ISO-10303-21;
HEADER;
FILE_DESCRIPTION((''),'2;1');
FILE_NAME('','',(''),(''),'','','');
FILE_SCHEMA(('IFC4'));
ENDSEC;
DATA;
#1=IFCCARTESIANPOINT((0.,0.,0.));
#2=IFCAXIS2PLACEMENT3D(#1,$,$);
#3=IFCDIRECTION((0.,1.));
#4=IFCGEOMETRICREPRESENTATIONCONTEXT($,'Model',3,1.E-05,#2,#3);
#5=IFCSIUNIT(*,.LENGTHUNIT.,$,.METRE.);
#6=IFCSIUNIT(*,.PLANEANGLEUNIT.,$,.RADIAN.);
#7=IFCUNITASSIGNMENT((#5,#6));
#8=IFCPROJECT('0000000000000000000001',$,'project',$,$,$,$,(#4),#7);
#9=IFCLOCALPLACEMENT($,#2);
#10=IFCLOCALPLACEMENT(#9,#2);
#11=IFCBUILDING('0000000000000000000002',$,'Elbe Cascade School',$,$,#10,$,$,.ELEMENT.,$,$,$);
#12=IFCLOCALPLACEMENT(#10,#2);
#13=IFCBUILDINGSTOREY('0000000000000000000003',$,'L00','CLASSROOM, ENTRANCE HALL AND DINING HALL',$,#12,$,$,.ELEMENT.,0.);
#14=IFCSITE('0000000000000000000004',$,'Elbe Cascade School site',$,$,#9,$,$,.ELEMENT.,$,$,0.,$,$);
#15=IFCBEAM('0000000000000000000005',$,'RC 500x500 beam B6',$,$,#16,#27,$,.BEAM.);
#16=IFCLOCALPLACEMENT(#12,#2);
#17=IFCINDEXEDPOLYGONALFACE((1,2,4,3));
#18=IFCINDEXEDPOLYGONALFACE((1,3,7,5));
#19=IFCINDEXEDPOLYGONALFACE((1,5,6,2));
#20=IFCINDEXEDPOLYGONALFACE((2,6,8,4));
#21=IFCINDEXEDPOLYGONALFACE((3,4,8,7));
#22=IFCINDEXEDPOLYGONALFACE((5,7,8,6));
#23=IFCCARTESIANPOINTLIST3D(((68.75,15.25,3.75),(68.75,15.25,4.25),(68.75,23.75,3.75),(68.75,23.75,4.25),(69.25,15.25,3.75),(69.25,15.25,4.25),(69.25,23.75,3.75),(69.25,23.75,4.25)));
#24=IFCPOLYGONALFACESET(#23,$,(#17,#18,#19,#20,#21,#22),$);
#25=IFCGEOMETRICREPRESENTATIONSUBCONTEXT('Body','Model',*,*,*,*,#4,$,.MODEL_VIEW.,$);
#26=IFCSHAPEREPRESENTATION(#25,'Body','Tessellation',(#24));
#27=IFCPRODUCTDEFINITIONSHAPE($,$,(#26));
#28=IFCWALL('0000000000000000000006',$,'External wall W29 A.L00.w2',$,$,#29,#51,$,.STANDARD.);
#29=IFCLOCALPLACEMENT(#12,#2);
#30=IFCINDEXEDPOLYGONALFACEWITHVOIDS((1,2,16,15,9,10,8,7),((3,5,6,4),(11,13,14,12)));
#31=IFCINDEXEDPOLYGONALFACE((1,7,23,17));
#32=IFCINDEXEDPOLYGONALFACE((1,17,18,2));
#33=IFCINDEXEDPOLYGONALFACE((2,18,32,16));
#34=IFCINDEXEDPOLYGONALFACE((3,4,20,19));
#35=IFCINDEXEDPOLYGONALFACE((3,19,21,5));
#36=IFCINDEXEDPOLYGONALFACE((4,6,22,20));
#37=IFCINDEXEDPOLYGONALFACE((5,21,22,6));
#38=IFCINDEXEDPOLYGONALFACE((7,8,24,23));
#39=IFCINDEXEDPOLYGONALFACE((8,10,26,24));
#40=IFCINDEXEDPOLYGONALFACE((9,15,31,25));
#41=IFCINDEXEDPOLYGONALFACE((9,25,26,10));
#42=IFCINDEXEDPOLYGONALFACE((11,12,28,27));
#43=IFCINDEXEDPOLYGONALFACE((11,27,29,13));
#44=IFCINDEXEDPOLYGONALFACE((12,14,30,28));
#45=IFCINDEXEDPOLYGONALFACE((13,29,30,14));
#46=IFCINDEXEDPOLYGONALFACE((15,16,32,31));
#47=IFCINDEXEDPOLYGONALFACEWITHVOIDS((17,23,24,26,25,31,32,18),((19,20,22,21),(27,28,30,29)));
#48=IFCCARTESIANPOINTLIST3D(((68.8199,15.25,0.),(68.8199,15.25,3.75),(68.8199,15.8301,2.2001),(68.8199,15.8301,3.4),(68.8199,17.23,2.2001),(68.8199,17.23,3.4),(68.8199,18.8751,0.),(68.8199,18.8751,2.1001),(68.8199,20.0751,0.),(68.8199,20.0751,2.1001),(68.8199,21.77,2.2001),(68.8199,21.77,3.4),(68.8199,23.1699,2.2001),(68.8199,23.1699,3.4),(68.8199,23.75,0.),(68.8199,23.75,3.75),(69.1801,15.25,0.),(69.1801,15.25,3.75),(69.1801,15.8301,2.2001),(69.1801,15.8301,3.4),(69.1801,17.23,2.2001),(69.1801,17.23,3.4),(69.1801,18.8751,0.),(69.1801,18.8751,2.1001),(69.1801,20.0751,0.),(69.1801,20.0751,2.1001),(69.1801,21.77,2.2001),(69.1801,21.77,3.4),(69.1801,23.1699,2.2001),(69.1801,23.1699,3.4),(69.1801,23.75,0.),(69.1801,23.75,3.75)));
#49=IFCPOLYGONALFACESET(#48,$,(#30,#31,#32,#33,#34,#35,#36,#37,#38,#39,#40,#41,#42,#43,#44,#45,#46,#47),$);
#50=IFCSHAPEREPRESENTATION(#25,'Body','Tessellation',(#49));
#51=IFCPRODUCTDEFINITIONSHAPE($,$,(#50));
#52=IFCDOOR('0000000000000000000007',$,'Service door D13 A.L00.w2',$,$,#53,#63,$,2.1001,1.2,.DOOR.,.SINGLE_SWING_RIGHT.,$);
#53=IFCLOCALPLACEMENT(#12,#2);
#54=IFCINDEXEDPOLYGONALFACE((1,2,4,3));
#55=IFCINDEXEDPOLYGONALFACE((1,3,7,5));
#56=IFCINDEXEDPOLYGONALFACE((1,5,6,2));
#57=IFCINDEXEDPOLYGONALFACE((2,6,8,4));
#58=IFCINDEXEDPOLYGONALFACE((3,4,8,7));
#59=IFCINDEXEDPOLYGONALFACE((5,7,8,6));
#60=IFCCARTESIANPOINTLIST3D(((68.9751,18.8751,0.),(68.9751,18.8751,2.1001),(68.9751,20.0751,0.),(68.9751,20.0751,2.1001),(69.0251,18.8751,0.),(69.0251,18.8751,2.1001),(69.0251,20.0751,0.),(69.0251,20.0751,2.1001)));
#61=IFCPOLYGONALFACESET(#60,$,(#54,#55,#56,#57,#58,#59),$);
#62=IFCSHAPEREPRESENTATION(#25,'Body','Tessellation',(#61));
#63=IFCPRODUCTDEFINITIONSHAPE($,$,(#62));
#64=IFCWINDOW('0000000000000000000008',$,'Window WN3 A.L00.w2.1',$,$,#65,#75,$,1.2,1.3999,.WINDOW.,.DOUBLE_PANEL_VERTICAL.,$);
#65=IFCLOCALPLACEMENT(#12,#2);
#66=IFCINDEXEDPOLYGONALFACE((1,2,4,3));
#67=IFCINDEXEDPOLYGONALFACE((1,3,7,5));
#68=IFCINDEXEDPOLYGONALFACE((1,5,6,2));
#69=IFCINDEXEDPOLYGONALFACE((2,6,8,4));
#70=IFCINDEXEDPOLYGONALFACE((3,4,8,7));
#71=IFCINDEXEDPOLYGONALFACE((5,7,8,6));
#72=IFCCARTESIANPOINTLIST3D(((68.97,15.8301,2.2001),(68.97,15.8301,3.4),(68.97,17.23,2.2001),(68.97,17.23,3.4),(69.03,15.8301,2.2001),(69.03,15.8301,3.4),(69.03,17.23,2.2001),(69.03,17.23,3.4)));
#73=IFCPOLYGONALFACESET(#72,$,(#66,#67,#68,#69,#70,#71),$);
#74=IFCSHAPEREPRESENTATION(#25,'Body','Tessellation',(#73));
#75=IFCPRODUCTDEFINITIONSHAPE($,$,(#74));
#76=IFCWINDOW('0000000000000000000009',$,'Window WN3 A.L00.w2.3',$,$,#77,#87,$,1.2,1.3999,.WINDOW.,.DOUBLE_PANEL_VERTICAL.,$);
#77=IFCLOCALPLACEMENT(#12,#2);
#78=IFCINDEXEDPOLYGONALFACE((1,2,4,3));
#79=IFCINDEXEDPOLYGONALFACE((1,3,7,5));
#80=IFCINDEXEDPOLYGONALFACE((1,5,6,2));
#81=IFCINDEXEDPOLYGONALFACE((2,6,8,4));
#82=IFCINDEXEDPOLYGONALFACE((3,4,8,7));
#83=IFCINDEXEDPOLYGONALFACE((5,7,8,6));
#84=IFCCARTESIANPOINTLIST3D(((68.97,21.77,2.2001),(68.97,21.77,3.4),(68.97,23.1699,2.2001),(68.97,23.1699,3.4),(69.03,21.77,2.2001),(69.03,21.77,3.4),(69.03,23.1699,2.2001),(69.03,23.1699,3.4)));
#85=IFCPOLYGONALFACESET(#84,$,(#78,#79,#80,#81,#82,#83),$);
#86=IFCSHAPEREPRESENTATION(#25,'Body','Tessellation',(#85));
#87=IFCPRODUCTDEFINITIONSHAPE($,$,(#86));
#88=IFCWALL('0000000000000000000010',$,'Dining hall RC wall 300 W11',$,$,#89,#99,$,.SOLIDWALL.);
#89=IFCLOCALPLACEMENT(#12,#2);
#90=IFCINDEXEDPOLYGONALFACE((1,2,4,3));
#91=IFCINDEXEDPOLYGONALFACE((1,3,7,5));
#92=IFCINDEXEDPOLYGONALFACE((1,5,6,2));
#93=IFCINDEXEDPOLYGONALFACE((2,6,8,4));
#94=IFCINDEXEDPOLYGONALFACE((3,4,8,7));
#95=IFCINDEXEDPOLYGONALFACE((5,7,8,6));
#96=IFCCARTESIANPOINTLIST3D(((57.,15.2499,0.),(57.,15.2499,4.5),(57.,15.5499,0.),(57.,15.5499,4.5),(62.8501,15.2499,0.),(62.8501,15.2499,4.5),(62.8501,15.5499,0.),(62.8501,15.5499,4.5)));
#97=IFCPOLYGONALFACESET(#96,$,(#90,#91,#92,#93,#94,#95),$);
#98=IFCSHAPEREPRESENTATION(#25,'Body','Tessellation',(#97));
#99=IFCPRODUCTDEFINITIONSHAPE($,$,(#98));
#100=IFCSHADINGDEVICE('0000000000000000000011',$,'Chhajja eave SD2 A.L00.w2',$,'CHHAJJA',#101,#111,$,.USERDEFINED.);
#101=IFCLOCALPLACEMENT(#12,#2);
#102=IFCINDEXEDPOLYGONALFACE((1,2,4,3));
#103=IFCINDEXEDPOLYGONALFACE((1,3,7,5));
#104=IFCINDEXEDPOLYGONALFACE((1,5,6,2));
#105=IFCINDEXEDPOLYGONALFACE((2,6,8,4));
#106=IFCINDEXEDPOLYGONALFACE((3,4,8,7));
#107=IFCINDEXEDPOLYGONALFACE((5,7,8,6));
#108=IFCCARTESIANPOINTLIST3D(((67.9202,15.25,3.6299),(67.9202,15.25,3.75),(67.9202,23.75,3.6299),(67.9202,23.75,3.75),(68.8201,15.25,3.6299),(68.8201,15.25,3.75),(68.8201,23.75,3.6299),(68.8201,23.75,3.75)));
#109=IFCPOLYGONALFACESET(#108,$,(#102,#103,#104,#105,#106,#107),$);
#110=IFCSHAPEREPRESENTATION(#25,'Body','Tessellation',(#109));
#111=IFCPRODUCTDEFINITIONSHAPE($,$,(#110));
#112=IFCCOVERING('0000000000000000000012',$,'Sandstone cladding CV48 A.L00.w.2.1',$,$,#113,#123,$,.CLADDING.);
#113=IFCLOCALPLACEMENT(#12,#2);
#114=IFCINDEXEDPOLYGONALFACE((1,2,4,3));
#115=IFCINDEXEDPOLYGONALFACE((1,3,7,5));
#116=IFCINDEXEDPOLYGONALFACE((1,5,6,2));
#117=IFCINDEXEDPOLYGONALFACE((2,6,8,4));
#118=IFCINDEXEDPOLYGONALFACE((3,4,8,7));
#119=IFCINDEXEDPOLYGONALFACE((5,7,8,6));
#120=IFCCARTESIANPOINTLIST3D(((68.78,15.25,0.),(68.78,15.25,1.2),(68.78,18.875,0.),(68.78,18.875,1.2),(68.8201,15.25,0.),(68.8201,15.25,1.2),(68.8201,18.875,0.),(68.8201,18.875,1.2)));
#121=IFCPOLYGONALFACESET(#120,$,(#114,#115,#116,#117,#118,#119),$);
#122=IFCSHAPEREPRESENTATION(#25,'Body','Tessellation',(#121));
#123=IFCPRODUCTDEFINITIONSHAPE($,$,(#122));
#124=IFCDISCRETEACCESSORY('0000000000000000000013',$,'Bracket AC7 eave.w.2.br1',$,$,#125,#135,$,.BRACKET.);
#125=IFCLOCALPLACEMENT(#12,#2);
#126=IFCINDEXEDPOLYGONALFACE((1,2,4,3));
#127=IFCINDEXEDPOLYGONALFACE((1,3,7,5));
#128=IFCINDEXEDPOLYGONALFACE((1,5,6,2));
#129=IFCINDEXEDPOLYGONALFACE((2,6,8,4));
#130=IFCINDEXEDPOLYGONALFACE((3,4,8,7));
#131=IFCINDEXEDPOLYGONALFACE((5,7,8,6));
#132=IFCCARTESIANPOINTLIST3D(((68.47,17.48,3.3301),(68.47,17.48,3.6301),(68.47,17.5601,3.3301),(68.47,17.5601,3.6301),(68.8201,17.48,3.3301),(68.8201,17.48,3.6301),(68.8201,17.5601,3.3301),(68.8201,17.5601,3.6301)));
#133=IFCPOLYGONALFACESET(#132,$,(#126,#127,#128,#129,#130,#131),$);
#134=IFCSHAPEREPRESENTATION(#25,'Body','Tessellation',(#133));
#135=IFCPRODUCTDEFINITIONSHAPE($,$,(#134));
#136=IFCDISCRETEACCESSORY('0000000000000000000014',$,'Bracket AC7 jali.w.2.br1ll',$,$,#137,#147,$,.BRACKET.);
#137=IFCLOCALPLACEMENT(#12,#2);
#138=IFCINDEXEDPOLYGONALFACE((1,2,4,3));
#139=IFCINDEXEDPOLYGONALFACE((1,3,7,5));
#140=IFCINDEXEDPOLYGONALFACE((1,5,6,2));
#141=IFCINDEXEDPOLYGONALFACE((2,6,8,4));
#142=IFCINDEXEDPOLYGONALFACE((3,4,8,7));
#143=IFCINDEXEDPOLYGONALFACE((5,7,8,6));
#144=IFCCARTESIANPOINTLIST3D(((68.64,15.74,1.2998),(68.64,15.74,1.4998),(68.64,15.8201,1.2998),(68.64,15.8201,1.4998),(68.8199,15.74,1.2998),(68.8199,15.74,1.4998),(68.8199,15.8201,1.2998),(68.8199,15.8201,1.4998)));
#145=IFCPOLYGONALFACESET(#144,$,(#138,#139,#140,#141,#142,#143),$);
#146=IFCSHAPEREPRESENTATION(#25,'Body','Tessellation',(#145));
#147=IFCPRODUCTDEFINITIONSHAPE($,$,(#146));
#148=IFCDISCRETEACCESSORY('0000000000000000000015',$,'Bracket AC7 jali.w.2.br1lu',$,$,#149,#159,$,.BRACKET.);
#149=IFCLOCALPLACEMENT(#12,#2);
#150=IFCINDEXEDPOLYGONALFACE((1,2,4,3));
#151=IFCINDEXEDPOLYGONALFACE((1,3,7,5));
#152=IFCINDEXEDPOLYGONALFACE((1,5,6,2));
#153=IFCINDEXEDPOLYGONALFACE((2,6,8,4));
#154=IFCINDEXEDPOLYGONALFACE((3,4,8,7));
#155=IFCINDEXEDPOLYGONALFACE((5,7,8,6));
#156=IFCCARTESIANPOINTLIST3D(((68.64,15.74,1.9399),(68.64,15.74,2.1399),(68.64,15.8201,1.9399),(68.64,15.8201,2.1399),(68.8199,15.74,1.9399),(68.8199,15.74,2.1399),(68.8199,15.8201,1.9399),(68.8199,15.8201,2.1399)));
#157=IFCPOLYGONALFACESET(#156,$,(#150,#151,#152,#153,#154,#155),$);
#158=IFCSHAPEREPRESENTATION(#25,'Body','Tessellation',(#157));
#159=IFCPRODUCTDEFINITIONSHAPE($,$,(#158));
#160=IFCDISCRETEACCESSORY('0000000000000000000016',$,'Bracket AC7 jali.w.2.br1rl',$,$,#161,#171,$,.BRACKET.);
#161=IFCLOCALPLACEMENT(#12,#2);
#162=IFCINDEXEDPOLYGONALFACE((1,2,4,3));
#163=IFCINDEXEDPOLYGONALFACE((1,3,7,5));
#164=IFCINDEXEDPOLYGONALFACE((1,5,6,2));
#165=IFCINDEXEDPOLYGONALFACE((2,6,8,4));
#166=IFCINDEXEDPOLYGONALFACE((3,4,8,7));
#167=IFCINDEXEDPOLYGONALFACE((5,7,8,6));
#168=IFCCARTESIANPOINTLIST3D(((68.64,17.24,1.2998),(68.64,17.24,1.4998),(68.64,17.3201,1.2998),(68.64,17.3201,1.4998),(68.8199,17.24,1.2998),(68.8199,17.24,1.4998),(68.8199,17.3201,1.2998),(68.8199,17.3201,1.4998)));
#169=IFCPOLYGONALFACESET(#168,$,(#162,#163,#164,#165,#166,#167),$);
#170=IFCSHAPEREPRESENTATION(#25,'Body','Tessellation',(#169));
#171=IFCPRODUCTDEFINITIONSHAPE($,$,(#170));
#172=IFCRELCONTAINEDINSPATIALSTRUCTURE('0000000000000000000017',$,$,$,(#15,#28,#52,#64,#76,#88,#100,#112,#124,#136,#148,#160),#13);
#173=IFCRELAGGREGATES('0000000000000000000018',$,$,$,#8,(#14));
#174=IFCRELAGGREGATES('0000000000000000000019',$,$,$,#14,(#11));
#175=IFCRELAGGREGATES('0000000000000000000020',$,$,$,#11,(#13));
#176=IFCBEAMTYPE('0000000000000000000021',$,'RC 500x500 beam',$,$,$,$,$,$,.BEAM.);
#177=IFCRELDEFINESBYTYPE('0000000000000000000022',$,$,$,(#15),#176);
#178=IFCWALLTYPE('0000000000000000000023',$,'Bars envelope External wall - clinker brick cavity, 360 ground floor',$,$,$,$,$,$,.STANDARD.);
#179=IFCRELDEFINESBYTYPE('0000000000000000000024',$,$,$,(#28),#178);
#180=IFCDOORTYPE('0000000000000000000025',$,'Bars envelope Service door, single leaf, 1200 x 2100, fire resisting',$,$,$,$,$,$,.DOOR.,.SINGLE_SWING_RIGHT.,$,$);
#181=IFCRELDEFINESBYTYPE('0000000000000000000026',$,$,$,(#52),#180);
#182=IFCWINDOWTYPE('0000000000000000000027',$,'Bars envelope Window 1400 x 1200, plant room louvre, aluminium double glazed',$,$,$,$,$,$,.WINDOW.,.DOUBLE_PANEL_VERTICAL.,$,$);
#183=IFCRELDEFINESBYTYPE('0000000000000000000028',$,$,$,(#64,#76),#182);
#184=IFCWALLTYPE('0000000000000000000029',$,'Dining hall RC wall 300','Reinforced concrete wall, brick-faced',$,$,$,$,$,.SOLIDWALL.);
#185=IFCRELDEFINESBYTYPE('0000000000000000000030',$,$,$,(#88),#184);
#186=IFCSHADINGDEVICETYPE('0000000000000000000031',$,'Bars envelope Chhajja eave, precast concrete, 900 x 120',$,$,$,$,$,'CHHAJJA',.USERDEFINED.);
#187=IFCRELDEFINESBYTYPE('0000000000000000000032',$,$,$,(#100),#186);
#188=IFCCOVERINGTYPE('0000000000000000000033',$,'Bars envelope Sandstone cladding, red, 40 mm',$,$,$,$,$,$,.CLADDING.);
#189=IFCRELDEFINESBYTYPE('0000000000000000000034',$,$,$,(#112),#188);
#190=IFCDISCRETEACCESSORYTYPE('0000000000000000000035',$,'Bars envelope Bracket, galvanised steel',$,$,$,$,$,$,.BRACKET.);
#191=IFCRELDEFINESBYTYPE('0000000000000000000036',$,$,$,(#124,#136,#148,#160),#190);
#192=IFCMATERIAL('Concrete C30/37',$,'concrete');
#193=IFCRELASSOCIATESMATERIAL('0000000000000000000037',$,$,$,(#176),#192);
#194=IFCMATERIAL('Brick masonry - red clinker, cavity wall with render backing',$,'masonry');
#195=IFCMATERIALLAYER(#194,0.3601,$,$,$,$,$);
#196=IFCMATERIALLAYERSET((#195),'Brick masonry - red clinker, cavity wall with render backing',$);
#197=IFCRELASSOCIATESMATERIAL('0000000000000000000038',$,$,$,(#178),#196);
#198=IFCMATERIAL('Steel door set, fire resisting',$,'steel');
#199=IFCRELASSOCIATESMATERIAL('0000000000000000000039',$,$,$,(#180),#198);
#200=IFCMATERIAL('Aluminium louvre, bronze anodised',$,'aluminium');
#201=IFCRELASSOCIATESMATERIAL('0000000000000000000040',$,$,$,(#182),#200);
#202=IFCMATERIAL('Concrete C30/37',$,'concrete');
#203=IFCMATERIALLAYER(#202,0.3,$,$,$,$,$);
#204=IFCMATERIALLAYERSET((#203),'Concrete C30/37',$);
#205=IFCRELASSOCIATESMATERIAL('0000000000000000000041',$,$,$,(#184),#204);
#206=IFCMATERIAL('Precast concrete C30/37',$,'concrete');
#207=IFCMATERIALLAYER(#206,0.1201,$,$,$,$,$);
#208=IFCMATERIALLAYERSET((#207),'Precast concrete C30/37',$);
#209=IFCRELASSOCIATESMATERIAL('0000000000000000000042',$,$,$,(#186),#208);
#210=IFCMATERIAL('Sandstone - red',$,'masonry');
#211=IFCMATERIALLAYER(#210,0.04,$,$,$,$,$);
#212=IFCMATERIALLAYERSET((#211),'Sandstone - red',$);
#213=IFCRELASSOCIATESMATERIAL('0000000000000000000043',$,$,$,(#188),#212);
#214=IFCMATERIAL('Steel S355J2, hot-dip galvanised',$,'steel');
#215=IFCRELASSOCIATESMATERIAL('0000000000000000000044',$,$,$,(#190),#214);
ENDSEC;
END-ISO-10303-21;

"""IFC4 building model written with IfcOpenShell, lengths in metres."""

from ifc_helpers import new_model, si_unit, direction, frame, frame_2d, origin, origin_2d, place, context, subcontext, project, spatial, rectangle, extrude, material, layer, layer_set, material_profile, profile_set, type_object, element, fill, save


model = new_model("IFC4")

# Units and contexts
model_context = context("Model", 3, precision=1e-05, world=origin(), true_north=direction((0.0, 1.0)))
body_context = subcontext(model_context, "Body", "Model", "MODEL_VIEW")
ifc_project = project(units=[si_unit("LENGTHUNIT", "METRE"), si_unit("PLANEANGLEUNIT", "RADIAN")], contexts=[model_context])

# Site, building, storey
site_placement = place(None, origin())
site = spatial("IfcSite", under=ifc_project, at=site_placement, Name="Elbe Cascade School site", CompositionType="ELEMENT", RefElevation=0.0)
building_placement = place(site_placement, origin())
building = spatial("IfcBuilding", under=site, at=building_placement, Name="Elbe Cascade School", CompositionType="ELEMENT")
storey_placement = place(building_placement, origin())
storey = spatial("IfcBuildingStorey", under=building, at=storey_placement, Name="L00", Description="CLASSROOM, ENTRANCE HALL AND DINING HALL", CompositionType="ELEMENT", Elevation=0.0)

# Beam
ifc_material_1 = material(Name="Concrete C30/37", Category="concrete")
ifc_material_profile_1 = material_profile(ifc_material_1, rectangle(XDim=0.5, YDim=0.5, at=origin_2d()), Name="RC 500x500")
ifc_profile_set_1 = profile_set([ifc_material_profile_1], Name="Concrete C30/37")
beam_type_1 = type_object("IfcBeamType", Name="RC 500x500 beam", PredefinedType="BEAM", material=ifc_profile_set_1)
beam_1_placement = place(storey_placement, frame((69.0, 15.25, 4.0), z_axis=(0.0, 1.0, 0.0), x_axis=(-1.0, 0.0, 0.0)))
element("IfcBeam", 1, at=beam_1_placement, inside=storey, type_object=beam_type_1, Name="RC 500x500 beam B6", PredefinedType="BEAM", context=body_context, shape_type="SweptSolid", body=[
    extrude(rectangle(XDim=0.5, YDim=0.5, at=origin_2d()), origin(), (0.0, 0.0, 1.0), 8.5),
])

# Wall, openings, door, windows
ifc_material_2 = material(Name="Brick masonry - red clinker, cavity wall with render backing", Category="masonry")
ifc_layer_1 = layer(ifc_material_2, 0.3601)
ifc_layer_set_1 = layer_set([ifc_layer_1], Name="Brick masonry - red clinker, cavity wall with render backing")
wall_type_1 = type_object("IfcWallType", Name="Bars envelope External wall - clinker brick cavity, 360 ground floor", PredefinedType="STANDARD", material=ifc_layer_set_1)
wall_1_placement = place(storey_placement, frame((69.0, 15.25, 0.0), z_axis=(0.0, 0.0, 1.0), x_axis=(0.0, 1.0, 0.0)))
wall_1 = element("IfcWall", 2, at=wall_1_placement, inside=storey, type_object=wall_type_1, Name="External wall W29 A.L00.w2", PredefinedType="STANDARD", context=body_context, shape_type="SweptSolid", body=[
    extrude(rectangle(XDim=8.5, YDim=0.3601, at=frame_2d((4.25, 0.0))), origin(), (0.0, 0.0, 1.0), 3.75),
])
opening_1_placement = place(wall_1_placement, frame((0.5801, 0.0, 2.2)))
opening_1 = element("IfcOpeningElement", 3, at=opening_1_placement, cuts=wall_1, PredefinedType="OPENING", context=body_context, shape_type="SweptSolid", body=[
    extrude(rectangle(XDim=1.3999, YDim=1.2, at=frame_2d((0.7, 0.6001))), frame((0.0, 0.1899, 0.0), z_axis=(0.0, -1.0, 0.0), x_axis=(1.0, 0.0, 0.0)), (0.0, 0.0, 1.0), 0.3801),
])
opening_2_placement = place(wall_1_placement, frame((3.625, 0.0, 0.0)))
opening_2 = element("IfcOpeningElement", 4, at=opening_2_placement, cuts=wall_1, PredefinedType="OPENING", context=body_context, shape_type="SweptSolid", body=[
    extrude(rectangle(XDim=1.2, YDim=2.1001, at=frame_2d((0.6001, 1.05))), frame((0.0, 0.1899, 0.0), z_axis=(0.0, -1.0, 0.0), x_axis=(1.0, 0.0, 0.0)), (0.0, 0.0, 1.0), 0.3801),
])
opening_3_placement = place(wall_1_placement, frame((6.52, 0.0, 2.2)))
opening_3 = element("IfcOpeningElement", 5, at=opening_3_placement, cuts=wall_1, PredefinedType="OPENING", context=body_context, shape_type="SweptSolid", body=[
    extrude(rectangle(XDim=1.3999, YDim=1.2, at=frame_2d((0.7, 0.6001))), frame((0.0, 0.1899, 0.0), z_axis=(0.0, -1.0, 0.0), x_axis=(1.0, 0.0, 0.0)), (0.0, 0.0, 1.0), 0.3801),
])
ifc_material_3 = material(Name="Steel door set, fire resisting", Category="steel")
door_type_1 = type_object("IfcDoorType", Name="Bars envelope Service door, single leaf, 1200 x 2100, fire resisting", OperationType="SINGLE_SWING_RIGHT", PredefinedType="DOOR", material=ifc_material_3)
door_1_placement = place(opening_2_placement, origin())
door_1 = element("IfcDoor", 6, at=door_1_placement, inside=storey, type_object=door_type_1, Name="Service door D13 A.L00.w2", OperationType="SINGLE_SWING_RIGHT", OverallHeight=2.1001, OverallWidth=1.2, PredefinedType="DOOR", context=body_context, shape_type="SweptSolid", body=[
    extrude(rectangle(XDim=1.2, YDim=2.1001, at=frame_2d((0.6001, 1.05))), frame((0.0, 0.0249, 0.0), z_axis=(0.0, -1.0, 0.0), x_axis=(1.0, 0.0, 0.0)), (0.0, 0.0, 1.0), 0.05),
])
fill(opening_2, door_1)
ifc_material_4 = material(Name="Aluminium louvre, bronze anodised", Category="aluminium")
window_type_1 = type_object("IfcWindowType", Name="Bars envelope Window 1400 x 1200, plant room louvre, aluminium double glazed", PartitioningType="DOUBLE_PANEL_VERTICAL", PredefinedType="WINDOW", material=ifc_material_4)
window_1_placement = place(opening_1_placement, origin())
window_1 = element("IfcWindow", 7, at=window_1_placement, inside=storey, type_object=window_type_1, Name="Window WN3 A.L00.w2.1", OverallHeight=1.2, OverallWidth=1.3999, PartitioningType="DOUBLE_PANEL_VERTICAL", PredefinedType="WINDOW", context=body_context, shape_type="SweptSolid", body=[
    extrude(rectangle(XDim=1.3999, YDim=1.2, at=frame_2d((0.7, 0.6001))), frame((0.0, 0.03, 0.0), z_axis=(0.0, -1.0, 0.0), x_axis=(1.0, 0.0, 0.0)), (0.0, 0.0, 1.0), 0.0601),
])
fill(opening_1, window_1)
window_2_placement = place(opening_3_placement, origin())
window_2 = element("IfcWindow", 8, at=window_2_placement, inside=storey, type_object=window_type_1, Name="Window WN3 A.L00.w2.3", OverallHeight=1.2, OverallWidth=1.3999, PartitioningType="DOUBLE_PANEL_VERTICAL", PredefinedType="WINDOW", context=body_context, shape_type="SweptSolid", body=[
    extrude(rectangle(XDim=1.3999, YDim=1.2, at=frame_2d((0.7, 0.6001))), frame((0.0, 0.03, 0.0), z_axis=(0.0, -1.0, 0.0), x_axis=(1.0, 0.0, 0.0)), (0.0, 0.0, 1.0), 0.0601),
])
fill(opening_3, window_2)

# Wall
ifc_material_5 = material(Name="Concrete C30/37", Category="concrete")
ifc_layer_2 = layer(ifc_material_5, 0.3)
ifc_layer_set_2 = layer_set([ifc_layer_2], Name="Concrete C30/37")
wall_type_2 = type_object("IfcWallType", Name="Dining hall RC wall 300", Description="Reinforced concrete wall, brick-faced", PredefinedType="SOLIDWALL", material=ifc_layer_set_2)
wall_2_placement = place(storey_placement, frame((62.8501, 15.3999, 0.0), z_axis=(0.0, 0.0, 1.0), x_axis=(-1.0, 0.0, 0.0)))
element("IfcWall", 9, at=wall_2_placement, inside=storey, type_object=wall_type_2, Name="Dining hall RC wall 300 W11", PredefinedType="SOLIDWALL", context=body_context, shape_type="SweptSolid", body=[
    extrude(rectangle(XDim=5.8501, YDim=0.3, at=frame_2d((2.925, 0.0))), origin(), (0.0, 0.0, 1.0), 4.5),
])

# Shading device
ifc_material_6 = material(Name="Precast concrete C30/37", Category="concrete")
ifc_layer_3 = layer(ifc_material_6, 0.1201)
ifc_layer_set_3 = layer_set([ifc_layer_3], Name="Precast concrete C30/37")
shading_device_type_1 = type_object("IfcShadingDeviceType", Name="Bars envelope Chhajja eave, precast concrete, 900 x 120", ElementType="CHHAJJA", PredefinedType="USERDEFINED", material=ifc_layer_set_3)
shading_device_1_placement = place(storey_placement, frame((68.3701, 19.5, 3.6299), z_axis=(0.0, 0.0, 1.0), x_axis=(0.0, 1.0, 0.0)))
element("IfcShadingDevice", 10, at=shading_device_1_placement, inside=storey, type_object=shading_device_type_1, Name="Chhajja eave SD2 A.L00.w2", ObjectType="CHHAJJA", PredefinedType="USERDEFINED", context=body_context, shape_type="SweptSolid", body=[
    extrude(rectangle(XDim=8.5, YDim=0.8999, at=origin_2d()), origin(), (0.0, 0.0, 1.0), 0.1201),
])

# Covering
ifc_material_7 = material(Name="Sandstone - red", Category="masonry")
ifc_layer_4 = layer(ifc_material_7, 0.04)
ifc_layer_set_4 = layer_set([ifc_layer_4], Name="Sandstone - red")
covering_type = type_object("IfcCoveringType", Name="Bars envelope Sandstone cladding, red, 40 mm", PredefinedType="CLADDING", material=ifc_layer_set_4)
covering_placement = place(storey_placement, frame((68.8, 17.0625, 0.0), z_axis=(0.0, 0.0, 1.0), x_axis=(0.0, 1.0, 0.0)))
element("IfcCovering", 11, at=covering_placement, inside=storey, type_object=covering_type, Name="Sandstone cladding CV48 A.L00.w.2.1", PredefinedType="CLADDING", context=body_context, shape_type="SweptSolid", body=[
    extrude(rectangle(XDim=3.625, YDim=0.04, at=origin_2d()), origin(), (0.0, 0.0, 1.0), 1.2),
])

# Discrete accessories
ifc_material_8 = material(Name="Steel S355J2, hot-dip galvanised", Category="steel")
discrete_accessory_type_1 = type_object("IfcDiscreteAccessoryType", Name="Bars envelope Bracket, galvanised steel", PredefinedType="BRACKET", material=ifc_material_8)
discrete_accessory_placement = place(storey_placement, frame((68.645, 17.52, 3.3301), z_axis=(0.0, 0.0, 1.0), x_axis=(0.0, 1.0, 0.0)))
element("IfcDiscreteAccessory", 12, at=discrete_accessory_placement, inside=storey, type_object=discrete_accessory_type_1, Name="Bracket AC7 eave.w.2.br1", PredefinedType="BRACKET", context=body_context, shape_type="SweptSolid", body=[
    extrude(rectangle(XDim=0.0801, YDim=0.3501, at=origin_2d()), origin(), (0.0, 0.0, 1.0), 0.3),
])
for number, where, z_axis, x_axis, name in (
    (13, (68.73, 15.78, 1.2998), (0.0, 0.0, 1.0), (0.0, 1.0, 0.0), "Bracket AC7 jali.w.2.br1ll"),
    (14, (68.73, 15.78, 1.9399), (0.0, 0.0, 1.0), (0.0, 1.0, 0.0), "Bracket AC7 jali.w.2.br1lu"),
    (15, (68.73, 17.28, 1.2998), (0.0, 0.0, 1.0), (0.0, 1.0, 0.0), "Bracket AC7 jali.w.2.br1rl"),
):
    element("IfcDiscreteAccessory", number, at=place(storey_placement, frame(where, z_axis=z_axis, x_axis=x_axis)), inside=storey, type_object=discrete_accessory_type_1, Name=name, PredefinedType="BRACKET", context=body_context, shape_type="SweptSolid", body=[
        extrude(rectangle(XDim=0.0801, YDim=0.1799, at=origin_2d()), origin(), (0.0, 0.0, 1.0), 0.2),
    ])

save(model, "model.ifc")
